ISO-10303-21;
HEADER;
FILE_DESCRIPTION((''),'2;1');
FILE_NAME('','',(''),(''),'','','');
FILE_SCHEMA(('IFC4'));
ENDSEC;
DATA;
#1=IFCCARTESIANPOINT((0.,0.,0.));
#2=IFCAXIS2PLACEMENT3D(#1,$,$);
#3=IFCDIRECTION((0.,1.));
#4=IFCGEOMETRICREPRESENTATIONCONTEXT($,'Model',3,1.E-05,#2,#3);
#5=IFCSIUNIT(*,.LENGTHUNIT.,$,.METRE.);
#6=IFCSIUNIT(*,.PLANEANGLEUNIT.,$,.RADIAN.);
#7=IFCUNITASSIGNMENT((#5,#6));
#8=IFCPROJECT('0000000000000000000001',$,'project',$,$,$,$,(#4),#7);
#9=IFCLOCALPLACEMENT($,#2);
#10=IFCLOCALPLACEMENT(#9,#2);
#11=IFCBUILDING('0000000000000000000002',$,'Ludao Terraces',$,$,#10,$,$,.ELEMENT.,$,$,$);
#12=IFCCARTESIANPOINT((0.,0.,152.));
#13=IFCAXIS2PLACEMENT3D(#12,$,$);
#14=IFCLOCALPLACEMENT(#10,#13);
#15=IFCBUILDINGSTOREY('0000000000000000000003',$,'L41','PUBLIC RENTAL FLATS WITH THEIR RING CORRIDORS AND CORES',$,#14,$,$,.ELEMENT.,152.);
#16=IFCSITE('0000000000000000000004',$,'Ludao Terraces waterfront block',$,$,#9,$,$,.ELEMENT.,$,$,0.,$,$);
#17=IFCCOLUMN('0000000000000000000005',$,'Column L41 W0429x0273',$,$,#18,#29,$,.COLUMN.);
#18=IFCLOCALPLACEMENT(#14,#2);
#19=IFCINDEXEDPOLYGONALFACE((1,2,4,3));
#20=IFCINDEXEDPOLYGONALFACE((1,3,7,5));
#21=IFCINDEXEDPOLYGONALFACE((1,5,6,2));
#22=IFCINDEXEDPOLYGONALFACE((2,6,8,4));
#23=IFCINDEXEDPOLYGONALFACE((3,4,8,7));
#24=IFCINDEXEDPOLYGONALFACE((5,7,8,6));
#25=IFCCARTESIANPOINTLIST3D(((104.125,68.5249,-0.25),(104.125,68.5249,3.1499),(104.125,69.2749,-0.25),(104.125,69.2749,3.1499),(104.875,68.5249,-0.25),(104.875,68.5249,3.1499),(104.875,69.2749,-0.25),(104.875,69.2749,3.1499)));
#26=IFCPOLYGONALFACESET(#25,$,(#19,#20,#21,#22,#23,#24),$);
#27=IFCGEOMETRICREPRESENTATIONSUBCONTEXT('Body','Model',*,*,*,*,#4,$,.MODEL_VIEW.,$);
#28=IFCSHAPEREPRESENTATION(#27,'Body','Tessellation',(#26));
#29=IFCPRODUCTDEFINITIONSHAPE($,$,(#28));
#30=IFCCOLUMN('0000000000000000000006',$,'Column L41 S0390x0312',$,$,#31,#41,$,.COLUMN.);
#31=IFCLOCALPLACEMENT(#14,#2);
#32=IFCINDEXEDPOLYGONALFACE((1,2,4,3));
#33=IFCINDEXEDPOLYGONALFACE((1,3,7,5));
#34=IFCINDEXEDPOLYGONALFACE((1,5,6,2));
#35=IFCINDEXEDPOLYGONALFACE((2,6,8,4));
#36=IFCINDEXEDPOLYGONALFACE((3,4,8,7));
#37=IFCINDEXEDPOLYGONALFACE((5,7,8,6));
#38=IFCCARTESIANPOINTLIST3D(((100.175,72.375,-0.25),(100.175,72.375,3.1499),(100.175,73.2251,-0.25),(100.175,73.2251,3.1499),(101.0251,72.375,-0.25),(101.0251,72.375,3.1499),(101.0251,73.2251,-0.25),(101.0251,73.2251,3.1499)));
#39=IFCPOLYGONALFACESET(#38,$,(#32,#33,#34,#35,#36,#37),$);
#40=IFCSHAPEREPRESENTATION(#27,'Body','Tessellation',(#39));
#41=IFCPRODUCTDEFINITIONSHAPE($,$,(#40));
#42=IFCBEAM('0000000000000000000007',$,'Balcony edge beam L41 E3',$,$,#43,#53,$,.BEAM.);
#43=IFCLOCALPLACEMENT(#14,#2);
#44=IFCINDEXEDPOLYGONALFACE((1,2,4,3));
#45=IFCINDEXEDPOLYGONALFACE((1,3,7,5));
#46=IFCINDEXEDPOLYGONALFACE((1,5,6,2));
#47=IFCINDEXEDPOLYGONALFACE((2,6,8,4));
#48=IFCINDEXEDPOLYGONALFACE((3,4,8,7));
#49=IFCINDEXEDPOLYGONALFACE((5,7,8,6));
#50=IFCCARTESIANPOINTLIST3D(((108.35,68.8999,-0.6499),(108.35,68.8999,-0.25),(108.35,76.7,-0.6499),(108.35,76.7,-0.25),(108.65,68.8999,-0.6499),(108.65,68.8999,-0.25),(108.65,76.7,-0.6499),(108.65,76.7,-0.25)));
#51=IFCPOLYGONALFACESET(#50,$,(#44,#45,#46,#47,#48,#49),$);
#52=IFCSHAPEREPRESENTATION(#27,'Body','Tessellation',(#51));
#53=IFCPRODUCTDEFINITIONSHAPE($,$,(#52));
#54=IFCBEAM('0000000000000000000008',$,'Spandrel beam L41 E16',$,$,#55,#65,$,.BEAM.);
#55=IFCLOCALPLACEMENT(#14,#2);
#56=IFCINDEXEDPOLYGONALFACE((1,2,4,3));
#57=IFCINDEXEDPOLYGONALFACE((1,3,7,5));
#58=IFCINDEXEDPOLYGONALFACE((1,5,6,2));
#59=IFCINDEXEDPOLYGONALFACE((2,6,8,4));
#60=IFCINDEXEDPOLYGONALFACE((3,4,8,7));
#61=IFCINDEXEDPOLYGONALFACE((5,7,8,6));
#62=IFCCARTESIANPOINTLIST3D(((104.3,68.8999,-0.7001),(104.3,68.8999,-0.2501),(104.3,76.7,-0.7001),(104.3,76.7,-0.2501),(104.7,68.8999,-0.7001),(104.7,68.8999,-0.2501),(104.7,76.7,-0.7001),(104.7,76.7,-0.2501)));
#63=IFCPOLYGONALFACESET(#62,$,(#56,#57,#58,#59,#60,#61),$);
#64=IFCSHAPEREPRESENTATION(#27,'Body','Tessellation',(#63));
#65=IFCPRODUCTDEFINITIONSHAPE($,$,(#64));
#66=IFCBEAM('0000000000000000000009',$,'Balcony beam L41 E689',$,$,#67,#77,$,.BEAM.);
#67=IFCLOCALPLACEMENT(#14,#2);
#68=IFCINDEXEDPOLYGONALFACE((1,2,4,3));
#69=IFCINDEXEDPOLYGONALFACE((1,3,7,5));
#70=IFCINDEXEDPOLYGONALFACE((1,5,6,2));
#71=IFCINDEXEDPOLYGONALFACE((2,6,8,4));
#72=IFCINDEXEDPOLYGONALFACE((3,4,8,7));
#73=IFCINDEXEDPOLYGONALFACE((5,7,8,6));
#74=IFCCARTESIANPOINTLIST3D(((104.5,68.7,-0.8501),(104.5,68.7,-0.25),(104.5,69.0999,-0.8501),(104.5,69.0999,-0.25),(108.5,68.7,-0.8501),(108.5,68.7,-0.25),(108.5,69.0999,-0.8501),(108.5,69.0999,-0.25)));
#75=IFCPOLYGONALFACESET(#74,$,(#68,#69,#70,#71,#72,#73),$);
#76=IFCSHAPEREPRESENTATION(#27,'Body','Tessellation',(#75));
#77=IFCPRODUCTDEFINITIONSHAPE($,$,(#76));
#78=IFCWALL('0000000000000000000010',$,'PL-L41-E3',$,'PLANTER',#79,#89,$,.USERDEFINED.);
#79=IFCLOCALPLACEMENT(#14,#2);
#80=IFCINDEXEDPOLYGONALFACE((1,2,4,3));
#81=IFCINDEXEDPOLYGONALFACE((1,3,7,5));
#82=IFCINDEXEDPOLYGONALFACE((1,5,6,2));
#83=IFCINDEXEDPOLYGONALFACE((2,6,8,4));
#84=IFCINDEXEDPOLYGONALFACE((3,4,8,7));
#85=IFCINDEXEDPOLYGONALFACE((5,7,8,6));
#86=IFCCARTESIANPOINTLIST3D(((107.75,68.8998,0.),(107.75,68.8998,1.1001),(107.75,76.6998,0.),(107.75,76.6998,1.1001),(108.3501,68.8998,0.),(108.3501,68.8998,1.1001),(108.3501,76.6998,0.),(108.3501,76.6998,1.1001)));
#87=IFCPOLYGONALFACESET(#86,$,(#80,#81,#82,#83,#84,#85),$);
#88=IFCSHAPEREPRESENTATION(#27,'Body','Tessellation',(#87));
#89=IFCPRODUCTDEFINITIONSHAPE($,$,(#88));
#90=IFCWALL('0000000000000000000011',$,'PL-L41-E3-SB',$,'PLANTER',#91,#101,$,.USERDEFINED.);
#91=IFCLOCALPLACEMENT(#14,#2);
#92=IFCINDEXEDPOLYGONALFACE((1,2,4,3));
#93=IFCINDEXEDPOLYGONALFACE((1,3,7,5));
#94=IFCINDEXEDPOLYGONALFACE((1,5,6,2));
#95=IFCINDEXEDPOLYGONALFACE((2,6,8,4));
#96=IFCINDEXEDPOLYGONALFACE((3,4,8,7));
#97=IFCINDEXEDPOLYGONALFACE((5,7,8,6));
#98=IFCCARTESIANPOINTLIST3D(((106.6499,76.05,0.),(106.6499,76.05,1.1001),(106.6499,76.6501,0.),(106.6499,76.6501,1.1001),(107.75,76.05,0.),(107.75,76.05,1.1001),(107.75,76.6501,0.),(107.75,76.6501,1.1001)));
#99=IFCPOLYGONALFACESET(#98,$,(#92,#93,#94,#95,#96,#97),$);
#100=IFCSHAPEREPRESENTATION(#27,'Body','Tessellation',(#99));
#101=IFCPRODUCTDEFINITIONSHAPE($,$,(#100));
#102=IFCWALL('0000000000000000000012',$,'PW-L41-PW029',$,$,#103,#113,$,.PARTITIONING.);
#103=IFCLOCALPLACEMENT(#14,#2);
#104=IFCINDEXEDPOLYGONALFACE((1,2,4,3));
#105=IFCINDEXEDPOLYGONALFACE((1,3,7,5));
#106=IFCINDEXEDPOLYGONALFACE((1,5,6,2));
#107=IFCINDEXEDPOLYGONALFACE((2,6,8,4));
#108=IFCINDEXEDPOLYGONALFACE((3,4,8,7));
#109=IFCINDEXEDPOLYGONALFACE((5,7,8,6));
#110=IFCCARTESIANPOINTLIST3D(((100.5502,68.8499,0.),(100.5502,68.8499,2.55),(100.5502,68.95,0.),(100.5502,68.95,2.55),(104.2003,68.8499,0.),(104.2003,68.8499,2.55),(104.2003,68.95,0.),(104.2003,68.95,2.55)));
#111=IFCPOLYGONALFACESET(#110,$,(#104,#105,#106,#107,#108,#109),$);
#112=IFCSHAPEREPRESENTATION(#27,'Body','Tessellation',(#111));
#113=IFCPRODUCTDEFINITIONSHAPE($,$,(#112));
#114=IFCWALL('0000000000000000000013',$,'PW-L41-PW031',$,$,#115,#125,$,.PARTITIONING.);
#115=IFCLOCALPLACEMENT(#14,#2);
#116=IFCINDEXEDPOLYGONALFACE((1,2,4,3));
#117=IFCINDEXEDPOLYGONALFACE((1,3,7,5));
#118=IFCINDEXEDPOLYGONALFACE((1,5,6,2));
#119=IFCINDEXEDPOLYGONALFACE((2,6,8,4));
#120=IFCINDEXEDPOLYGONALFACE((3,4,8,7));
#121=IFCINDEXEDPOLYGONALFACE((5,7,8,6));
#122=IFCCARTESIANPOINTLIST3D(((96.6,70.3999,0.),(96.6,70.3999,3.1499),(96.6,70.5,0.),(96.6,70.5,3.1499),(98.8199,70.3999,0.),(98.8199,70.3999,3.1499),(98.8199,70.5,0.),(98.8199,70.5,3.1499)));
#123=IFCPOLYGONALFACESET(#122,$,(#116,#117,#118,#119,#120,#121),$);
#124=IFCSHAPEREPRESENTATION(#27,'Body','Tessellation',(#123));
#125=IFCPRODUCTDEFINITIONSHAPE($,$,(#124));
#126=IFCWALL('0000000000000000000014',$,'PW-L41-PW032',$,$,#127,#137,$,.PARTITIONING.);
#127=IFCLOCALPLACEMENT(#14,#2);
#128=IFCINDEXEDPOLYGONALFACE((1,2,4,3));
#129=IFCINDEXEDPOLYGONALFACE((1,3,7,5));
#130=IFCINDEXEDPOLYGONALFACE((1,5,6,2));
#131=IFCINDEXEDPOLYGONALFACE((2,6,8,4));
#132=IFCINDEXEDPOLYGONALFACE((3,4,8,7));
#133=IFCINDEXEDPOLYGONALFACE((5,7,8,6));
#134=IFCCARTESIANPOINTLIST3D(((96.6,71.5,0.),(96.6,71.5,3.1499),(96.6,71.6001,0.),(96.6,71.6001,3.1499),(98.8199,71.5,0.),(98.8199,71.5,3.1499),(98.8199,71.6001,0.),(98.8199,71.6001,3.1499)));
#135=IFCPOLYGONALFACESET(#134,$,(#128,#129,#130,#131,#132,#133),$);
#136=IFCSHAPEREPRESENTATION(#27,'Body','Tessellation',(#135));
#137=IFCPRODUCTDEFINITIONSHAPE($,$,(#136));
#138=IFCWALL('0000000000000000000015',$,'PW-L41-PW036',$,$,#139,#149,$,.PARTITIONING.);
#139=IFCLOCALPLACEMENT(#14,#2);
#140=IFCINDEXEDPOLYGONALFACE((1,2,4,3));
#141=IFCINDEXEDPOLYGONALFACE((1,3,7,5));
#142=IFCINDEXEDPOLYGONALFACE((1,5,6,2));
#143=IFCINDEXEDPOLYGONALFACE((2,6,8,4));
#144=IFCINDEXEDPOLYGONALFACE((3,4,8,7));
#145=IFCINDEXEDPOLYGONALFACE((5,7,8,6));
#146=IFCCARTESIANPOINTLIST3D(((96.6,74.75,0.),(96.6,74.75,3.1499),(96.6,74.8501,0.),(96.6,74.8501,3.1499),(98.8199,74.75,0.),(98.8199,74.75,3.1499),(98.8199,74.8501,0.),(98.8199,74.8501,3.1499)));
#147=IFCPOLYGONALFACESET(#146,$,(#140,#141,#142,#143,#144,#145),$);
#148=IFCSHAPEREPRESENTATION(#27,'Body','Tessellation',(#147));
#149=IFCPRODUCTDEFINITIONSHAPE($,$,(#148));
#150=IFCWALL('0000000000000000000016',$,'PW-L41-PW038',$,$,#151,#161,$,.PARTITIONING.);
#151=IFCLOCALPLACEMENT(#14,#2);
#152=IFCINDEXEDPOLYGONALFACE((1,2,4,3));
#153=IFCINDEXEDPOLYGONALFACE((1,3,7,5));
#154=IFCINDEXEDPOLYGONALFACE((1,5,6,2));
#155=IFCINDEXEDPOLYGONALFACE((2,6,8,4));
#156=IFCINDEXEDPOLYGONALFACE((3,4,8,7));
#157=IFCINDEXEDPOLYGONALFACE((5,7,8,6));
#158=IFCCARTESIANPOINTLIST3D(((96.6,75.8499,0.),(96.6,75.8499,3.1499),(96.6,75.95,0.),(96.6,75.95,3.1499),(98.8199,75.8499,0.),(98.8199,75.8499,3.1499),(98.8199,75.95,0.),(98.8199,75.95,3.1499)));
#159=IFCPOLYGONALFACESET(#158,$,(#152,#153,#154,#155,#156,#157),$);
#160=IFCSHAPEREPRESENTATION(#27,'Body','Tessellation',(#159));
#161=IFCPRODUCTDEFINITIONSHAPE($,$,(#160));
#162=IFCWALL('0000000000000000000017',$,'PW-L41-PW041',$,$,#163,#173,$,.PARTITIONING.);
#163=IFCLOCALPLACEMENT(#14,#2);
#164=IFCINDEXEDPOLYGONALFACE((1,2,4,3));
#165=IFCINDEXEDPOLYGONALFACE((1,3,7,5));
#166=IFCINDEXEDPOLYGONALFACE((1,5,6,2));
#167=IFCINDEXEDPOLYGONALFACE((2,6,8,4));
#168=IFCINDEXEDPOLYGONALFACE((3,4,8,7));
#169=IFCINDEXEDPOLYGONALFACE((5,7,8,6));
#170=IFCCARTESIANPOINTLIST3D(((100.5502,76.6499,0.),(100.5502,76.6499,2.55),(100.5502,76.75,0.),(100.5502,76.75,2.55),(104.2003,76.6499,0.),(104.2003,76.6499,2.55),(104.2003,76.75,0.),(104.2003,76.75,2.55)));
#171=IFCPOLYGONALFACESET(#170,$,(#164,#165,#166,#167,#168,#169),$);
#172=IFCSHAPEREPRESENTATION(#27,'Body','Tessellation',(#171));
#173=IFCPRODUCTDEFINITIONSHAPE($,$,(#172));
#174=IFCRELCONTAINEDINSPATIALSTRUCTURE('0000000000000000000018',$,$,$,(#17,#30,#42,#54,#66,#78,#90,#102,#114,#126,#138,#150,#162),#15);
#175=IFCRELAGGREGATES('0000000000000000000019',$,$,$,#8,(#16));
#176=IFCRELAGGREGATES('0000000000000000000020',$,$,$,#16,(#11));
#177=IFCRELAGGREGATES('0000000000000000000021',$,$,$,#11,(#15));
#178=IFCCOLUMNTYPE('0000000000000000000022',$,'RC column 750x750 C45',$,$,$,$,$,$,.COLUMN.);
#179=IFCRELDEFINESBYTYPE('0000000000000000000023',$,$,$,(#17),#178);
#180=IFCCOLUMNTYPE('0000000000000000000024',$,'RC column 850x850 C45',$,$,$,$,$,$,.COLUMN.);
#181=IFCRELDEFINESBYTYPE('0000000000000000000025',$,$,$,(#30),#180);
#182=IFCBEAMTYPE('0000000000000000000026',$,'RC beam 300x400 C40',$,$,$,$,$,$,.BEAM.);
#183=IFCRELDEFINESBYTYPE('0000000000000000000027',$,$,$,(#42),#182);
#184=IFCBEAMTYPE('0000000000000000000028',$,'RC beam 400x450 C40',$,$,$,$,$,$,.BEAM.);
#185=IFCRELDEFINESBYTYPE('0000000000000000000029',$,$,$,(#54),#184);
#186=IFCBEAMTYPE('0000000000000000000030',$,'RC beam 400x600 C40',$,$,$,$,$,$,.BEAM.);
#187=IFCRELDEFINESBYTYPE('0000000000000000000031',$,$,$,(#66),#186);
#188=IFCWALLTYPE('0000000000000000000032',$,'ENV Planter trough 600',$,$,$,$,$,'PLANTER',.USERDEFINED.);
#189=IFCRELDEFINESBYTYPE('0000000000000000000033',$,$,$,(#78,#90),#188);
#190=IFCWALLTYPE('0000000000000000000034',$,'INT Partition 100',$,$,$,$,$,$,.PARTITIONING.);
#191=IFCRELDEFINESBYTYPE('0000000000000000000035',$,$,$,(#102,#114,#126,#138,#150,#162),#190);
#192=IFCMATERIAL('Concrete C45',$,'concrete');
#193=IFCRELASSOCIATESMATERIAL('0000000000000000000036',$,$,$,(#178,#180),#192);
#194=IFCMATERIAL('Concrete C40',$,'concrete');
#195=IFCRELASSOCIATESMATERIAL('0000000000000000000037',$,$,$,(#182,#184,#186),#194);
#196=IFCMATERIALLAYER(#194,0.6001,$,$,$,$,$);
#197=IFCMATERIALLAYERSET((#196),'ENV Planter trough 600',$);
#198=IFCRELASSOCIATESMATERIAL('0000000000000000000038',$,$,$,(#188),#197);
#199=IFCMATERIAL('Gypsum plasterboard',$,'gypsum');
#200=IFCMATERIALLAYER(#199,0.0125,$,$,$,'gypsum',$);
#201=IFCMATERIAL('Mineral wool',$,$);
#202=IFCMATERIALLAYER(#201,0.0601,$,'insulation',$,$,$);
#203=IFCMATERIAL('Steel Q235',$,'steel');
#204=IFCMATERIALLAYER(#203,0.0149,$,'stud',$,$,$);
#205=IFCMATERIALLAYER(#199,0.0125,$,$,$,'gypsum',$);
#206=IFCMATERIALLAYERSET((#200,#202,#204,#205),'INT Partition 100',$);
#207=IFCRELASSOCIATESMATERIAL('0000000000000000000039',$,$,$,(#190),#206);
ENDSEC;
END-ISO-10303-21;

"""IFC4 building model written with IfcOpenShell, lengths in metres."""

from ifc_helpers import new_model, si_unit, direction, frame, frame_2d, origin, origin_2d, place, context, subcontext, project, spatial, rectangle, extrude, material, layer, layer_set, material_profile, profile_set, type_object, element, save


model = new_model("IFC4")

# Units and contexts
model_context = context("Model", 3, precision=1e-05, world=origin(), true_north=direction((0.0, 1.0)))
body_context = subcontext(model_context, "Body", "Model", "MODEL_VIEW")
ifc_project = project(units=[si_unit("LENGTHUNIT", "METRE"), si_unit("PLANEANGLEUNIT", "RADIAN")], contexts=[model_context])

# Site, building, storey
site_placement = place(None, origin())
site = spatial("IfcSite", under=ifc_project, at=site_placement, Name="Ludao Terraces waterfront block", CompositionType="ELEMENT", RefElevation=0.0)
building_placement = place(site_placement, origin())
building = spatial("IfcBuilding", under=site, at=building_placement, Name="Ludao Terraces", CompositionType="ELEMENT")
storey_placement = place(building_placement, frame((0.0, 0.0, 152.0)))
storey = spatial("IfcBuildingStorey", under=building, at=storey_placement, Name="L41", Description="PUBLIC RENTAL FLATS WITH THEIR RING CORRIDORS AND CORES", CompositionType="ELEMENT", Elevation=152.0)

# Columns
ifc_material_1 = material(Name="Concrete C45", Category="concrete")
ifc_material_profile_1 = material_profile(ifc_material_1, rectangle(XDim=0.75, YDim=0.75, at=origin_2d()), Name="750 X 750")
ifc_profile_set_1 = profile_set([ifc_material_profile_1], Name="Concrete C45")
column_type_1 = type_object("IfcColumnType", Name="RC column 750x750 C45", PredefinedType="COLUMN", material=ifc_profile_set_1)
column_1_placement = place(storey_placement, frame((104.5, 68.8999, -0.25), z_axis=(0.0, 0.0, 1.0), x_axis=(1.0, 0.0, 0.0)))
element("IfcColumn", 1, at=column_1_placement, inside=storey, type_object=column_type_1, Name="Column L41 W0429x0273", PredefinedType="COLUMN", context=body_context, shape_type="SweptSolid", body=[
    extrude(rectangle(XDim=0.75, YDim=0.75, at=origin_2d()), origin(), (0.0, 0.0, 1.0), 3.3999),
])
ifc_material_profile_2 = material_profile(ifc_material_1, rectangle(XDim=0.8501, YDim=0.8501, at=origin_2d()), Name="850 X 850")
ifc_profile_set_2 = profile_set([ifc_material_profile_2], Name="Concrete C45")
column_type_2 = type_object("IfcColumnType", Name="RC column 850x850 C45", PredefinedType="COLUMN", material=ifc_profile_set_2)
column_2_placement = place(storey_placement, frame((100.6001, 72.8, -0.25), z_axis=(0.0, 0.0, 1.0), x_axis=(1.0, 0.0, 0.0)))
element("IfcColumn", 2, at=column_2_placement, inside=storey, type_object=column_type_2, Name="Column L41 S0390x0312", PredefinedType="COLUMN", context=body_context, shape_type="SweptSolid", body=[
    extrude(rectangle(XDim=0.8501, YDim=0.8501, at=origin_2d()), origin(), (0.0, 0.0, 1.0), 3.3999),
])

# Beams
ifc_material_2 = material(Name="Concrete C40", Category="concrete")
ifc_material_profile_3 = material_profile(ifc_material_2, rectangle(XDim=0.3, YDim=0.3999, at=origin_2d()), Name="300 X 400")
ifc_profile_set_3 = profile_set([ifc_material_profile_3], Name="Concrete C40")
beam_type_1 = type_object("IfcBeamType", Name="RC beam 300x400 C40", PredefinedType="BEAM", material=ifc_profile_set_3)
beam_1_placement = place(storey_placement, frame((108.5, 68.8999, -0.45), z_axis=(0.0, 1.0, 0.0), x_axis=(-1.0, 0.0, 0.0)))
element("IfcBeam", 3, at=beam_1_placement, inside=storey, type_object=beam_type_1, Name="Balcony edge beam L41 E3", PredefinedType="BEAM", context=body_context, shape_type="SweptSolid", body=[
    extrude(rectangle(XDim=0.3, YDim=0.3999, at=origin_2d()), origin(), (0.0, 0.0, 1.0), 7.8),
])
ifc_material_profile_4 = material_profile(ifc_material_2, rectangle(XDim=0.3999, YDim=0.45, at=origin_2d()), Name="400 X 450")
ifc_profile_set_4 = profile_set([ifc_material_profile_4], Name="Concrete C40")
beam_type_2 = type_object("IfcBeamType", Name="RC beam 400x450 C40", PredefinedType="BEAM", material=ifc_profile_set_4)
beam_2_placement = place(storey_placement, frame((104.5, 68.8999, -0.4751), z_axis=(0.0, 1.0, 0.0), x_axis=(-1.0, 0.0, 0.0)))
element("IfcBeam", 4, at=beam_2_placement, inside=storey, type_object=beam_type_2, Name="Spandrel beam L41 E16", PredefinedType="BEAM", context=body_context, shape_type="SweptSolid", body=[
    extrude(rectangle(XDim=0.3999, YDim=0.45, at=origin_2d()), origin(), (0.0, 0.0, 1.0), 7.8),
])
ifc_material_profile_5 = material_profile(ifc_material_2, rectangle(XDim=0.3999, YDim=0.6001, at=origin_2d()), Name="400 X 600")
ifc_profile_set_5 = profile_set([ifc_material_profile_5], Name="Concrete C40")
beam_type_3 = type_object("IfcBeamType", Name="RC beam 400x600 C40", PredefinedType="BEAM", material=ifc_profile_set_5)
beam_3_placement = place(storey_placement, frame((104.5, 68.8999, -0.55), z_axis=(1.0, 0.0, 0.0), x_axis=(0.0, 1.0, 0.0)))
element("IfcBeam", 5, at=beam_3_placement, inside=storey, type_object=beam_type_3, Name="Balcony beam L41 E689", PredefinedType="BEAM", context=body_context, shape_type="SweptSolid", body=[
    extrude(rectangle(XDim=0.3999, YDim=0.6001, at=origin_2d()), origin(), (0.0, 0.0, 1.0), 4.0),
])

# Walls
ifc_layer_1 = layer(ifc_material_2, 0.6001)
ifc_layer_set_1 = layer_set([ifc_layer_1], Name="ENV Planter trough 600")
wall_type_1 = type_object("IfcWallType", Name="ENV Planter trough 600", ElementType="PLANTER", PredefinedType="USERDEFINED", material=ifc_layer_set_1)
wall_1_placement = place(storey_placement, frame((108.05, 68.8999, 0.0), z_axis=(0.0, 0.0, 1.0), x_axis=(0.0, 1.0, 0.0)))
element("IfcWall", 6, at=wall_1_placement, inside=storey, type_object=wall_type_1, Name="PL-L41-E3", ObjectType="PLANTER", PredefinedType="USERDEFINED", context=body_context, shape_type="SweptSolid", body=[
    extrude(rectangle(XDim=7.8, YDim=0.6001, at=frame_2d((3.8999, 0.0))), origin(), (0.0, 0.0, 1.0), 1.1001),
])
wall_2_placement = place(storey_placement, frame((107.75, 76.3501, 0.0), z_axis=(0.0, 0.0, 1.0), x_axis=(-1.0, 0.0, 0.0)))
element("IfcWall", 7, at=wall_2_placement, inside=storey, type_object=wall_type_1, Name="PL-L41-E3-SB", ObjectType="PLANTER", PredefinedType="USERDEFINED", context=body_context, shape_type="SweptSolid", body=[
    extrude(rectangle(XDim=1.1001, YDim=0.6001, at=frame_2d((0.55, 0.0))), origin(), (0.0, 0.0, 1.0), 1.1001),
])

# Shared definitions
ifc_material_3 = material(Name="Mineral wool")

# Walls
ifc_material_4 = material(Name="Gypsum plasterboard", Category="gypsum")
ifc_layer_2 = layer(ifc_material_4, 0.0125, Category="gypsum")
ifc_layer_3 = layer(ifc_material_3, 0.0601, Name="insulation")
ifc_material_5 = material(Name="Steel Q235", Category="steel")
ifc_layer_4 = layer(ifc_material_5, 0.0149, Name="stud")
ifc_layer_5 = layer(ifc_material_4, 0.0125, Category="gypsum")
ifc_layer_set_2 = layer_set([ifc_layer_2, ifc_layer_3, ifc_layer_4, ifc_layer_5], Name="INT Partition 100")
wall_type_2 = type_object("IfcWallType", Name="INT Partition 100", PredefinedType="PARTITIONING", material=ifc_layer_set_2)
wall_3_placement = place(storey_placement, frame((100.55, 68.8999, 0.0), z_axis=(0.0, 0.0, 1.0), x_axis=(1.0, 0.0, 0.0)))
element("IfcWall", 8, at=wall_3_placement, inside=storey, type_object=wall_type_2, Name="PW-L41-PW029", PredefinedType="PARTITIONING", context=body_context, shape_type="SweptSolid", body=[
    extrude(rectangle(XDim=3.6501, YDim=0.1001, at=frame_2d((1.8252, 0.0))), origin(), (0.0, 0.0, 1.0), 2.55),
])
for number, where, z_axis, x_axis, name in (
    (9, (96.6001, 70.45, 0.0), (0.0, 0.0, 1.0), (1.0, 0.0, 0.0), "PW-L41-PW031"),
    (10, (96.6001, 71.55, 0.0), (0.0, 0.0, 1.0), (1.0, 0.0, 0.0), "PW-L41-PW032"),
    (11, (96.6001, 74.8, 0.0), (0.0, 0.0, 1.0), (1.0, 0.0, 0.0), "PW-L41-PW036"),
    (12, (96.6001, 75.8999, 0.0), (0.0, 0.0, 1.0), (1.0, 0.0, 0.0), "PW-L41-PW038"),
):
    element("IfcWall", number, at=place(storey_placement, frame(where, z_axis=z_axis, x_axis=x_axis)), inside=storey, type_object=wall_type_2, Name=name, PredefinedType="PARTITIONING", context=body_context, shape_type="SweptSolid", body=[
        extrude(rectangle(XDim=2.22, YDim=0.1001, at=frame_2d((1.1099, 0.0))), origin(), (0.0, 0.0, 1.0), 3.1499),
    ])
wall_4_placement = place(storey_placement, frame((100.55, 76.7, 0.0), z_axis=(0.0, 0.0, 1.0), x_axis=(1.0, 0.0, 0.0)))
element("IfcWall", 13, at=wall_4_placement, inside=storey, type_object=wall_type_2, Name="PW-L41-PW041", PredefinedType="PARTITIONING", context=body_context, shape_type="SweptSolid", body=[
    extrude(rectangle(XDim=3.6501, YDim=0.1001, at=frame_2d((1.8252, 0.0))), origin(), (0.0, 0.0, 1.0), 2.55),
])

save(model, "model.ifc")
